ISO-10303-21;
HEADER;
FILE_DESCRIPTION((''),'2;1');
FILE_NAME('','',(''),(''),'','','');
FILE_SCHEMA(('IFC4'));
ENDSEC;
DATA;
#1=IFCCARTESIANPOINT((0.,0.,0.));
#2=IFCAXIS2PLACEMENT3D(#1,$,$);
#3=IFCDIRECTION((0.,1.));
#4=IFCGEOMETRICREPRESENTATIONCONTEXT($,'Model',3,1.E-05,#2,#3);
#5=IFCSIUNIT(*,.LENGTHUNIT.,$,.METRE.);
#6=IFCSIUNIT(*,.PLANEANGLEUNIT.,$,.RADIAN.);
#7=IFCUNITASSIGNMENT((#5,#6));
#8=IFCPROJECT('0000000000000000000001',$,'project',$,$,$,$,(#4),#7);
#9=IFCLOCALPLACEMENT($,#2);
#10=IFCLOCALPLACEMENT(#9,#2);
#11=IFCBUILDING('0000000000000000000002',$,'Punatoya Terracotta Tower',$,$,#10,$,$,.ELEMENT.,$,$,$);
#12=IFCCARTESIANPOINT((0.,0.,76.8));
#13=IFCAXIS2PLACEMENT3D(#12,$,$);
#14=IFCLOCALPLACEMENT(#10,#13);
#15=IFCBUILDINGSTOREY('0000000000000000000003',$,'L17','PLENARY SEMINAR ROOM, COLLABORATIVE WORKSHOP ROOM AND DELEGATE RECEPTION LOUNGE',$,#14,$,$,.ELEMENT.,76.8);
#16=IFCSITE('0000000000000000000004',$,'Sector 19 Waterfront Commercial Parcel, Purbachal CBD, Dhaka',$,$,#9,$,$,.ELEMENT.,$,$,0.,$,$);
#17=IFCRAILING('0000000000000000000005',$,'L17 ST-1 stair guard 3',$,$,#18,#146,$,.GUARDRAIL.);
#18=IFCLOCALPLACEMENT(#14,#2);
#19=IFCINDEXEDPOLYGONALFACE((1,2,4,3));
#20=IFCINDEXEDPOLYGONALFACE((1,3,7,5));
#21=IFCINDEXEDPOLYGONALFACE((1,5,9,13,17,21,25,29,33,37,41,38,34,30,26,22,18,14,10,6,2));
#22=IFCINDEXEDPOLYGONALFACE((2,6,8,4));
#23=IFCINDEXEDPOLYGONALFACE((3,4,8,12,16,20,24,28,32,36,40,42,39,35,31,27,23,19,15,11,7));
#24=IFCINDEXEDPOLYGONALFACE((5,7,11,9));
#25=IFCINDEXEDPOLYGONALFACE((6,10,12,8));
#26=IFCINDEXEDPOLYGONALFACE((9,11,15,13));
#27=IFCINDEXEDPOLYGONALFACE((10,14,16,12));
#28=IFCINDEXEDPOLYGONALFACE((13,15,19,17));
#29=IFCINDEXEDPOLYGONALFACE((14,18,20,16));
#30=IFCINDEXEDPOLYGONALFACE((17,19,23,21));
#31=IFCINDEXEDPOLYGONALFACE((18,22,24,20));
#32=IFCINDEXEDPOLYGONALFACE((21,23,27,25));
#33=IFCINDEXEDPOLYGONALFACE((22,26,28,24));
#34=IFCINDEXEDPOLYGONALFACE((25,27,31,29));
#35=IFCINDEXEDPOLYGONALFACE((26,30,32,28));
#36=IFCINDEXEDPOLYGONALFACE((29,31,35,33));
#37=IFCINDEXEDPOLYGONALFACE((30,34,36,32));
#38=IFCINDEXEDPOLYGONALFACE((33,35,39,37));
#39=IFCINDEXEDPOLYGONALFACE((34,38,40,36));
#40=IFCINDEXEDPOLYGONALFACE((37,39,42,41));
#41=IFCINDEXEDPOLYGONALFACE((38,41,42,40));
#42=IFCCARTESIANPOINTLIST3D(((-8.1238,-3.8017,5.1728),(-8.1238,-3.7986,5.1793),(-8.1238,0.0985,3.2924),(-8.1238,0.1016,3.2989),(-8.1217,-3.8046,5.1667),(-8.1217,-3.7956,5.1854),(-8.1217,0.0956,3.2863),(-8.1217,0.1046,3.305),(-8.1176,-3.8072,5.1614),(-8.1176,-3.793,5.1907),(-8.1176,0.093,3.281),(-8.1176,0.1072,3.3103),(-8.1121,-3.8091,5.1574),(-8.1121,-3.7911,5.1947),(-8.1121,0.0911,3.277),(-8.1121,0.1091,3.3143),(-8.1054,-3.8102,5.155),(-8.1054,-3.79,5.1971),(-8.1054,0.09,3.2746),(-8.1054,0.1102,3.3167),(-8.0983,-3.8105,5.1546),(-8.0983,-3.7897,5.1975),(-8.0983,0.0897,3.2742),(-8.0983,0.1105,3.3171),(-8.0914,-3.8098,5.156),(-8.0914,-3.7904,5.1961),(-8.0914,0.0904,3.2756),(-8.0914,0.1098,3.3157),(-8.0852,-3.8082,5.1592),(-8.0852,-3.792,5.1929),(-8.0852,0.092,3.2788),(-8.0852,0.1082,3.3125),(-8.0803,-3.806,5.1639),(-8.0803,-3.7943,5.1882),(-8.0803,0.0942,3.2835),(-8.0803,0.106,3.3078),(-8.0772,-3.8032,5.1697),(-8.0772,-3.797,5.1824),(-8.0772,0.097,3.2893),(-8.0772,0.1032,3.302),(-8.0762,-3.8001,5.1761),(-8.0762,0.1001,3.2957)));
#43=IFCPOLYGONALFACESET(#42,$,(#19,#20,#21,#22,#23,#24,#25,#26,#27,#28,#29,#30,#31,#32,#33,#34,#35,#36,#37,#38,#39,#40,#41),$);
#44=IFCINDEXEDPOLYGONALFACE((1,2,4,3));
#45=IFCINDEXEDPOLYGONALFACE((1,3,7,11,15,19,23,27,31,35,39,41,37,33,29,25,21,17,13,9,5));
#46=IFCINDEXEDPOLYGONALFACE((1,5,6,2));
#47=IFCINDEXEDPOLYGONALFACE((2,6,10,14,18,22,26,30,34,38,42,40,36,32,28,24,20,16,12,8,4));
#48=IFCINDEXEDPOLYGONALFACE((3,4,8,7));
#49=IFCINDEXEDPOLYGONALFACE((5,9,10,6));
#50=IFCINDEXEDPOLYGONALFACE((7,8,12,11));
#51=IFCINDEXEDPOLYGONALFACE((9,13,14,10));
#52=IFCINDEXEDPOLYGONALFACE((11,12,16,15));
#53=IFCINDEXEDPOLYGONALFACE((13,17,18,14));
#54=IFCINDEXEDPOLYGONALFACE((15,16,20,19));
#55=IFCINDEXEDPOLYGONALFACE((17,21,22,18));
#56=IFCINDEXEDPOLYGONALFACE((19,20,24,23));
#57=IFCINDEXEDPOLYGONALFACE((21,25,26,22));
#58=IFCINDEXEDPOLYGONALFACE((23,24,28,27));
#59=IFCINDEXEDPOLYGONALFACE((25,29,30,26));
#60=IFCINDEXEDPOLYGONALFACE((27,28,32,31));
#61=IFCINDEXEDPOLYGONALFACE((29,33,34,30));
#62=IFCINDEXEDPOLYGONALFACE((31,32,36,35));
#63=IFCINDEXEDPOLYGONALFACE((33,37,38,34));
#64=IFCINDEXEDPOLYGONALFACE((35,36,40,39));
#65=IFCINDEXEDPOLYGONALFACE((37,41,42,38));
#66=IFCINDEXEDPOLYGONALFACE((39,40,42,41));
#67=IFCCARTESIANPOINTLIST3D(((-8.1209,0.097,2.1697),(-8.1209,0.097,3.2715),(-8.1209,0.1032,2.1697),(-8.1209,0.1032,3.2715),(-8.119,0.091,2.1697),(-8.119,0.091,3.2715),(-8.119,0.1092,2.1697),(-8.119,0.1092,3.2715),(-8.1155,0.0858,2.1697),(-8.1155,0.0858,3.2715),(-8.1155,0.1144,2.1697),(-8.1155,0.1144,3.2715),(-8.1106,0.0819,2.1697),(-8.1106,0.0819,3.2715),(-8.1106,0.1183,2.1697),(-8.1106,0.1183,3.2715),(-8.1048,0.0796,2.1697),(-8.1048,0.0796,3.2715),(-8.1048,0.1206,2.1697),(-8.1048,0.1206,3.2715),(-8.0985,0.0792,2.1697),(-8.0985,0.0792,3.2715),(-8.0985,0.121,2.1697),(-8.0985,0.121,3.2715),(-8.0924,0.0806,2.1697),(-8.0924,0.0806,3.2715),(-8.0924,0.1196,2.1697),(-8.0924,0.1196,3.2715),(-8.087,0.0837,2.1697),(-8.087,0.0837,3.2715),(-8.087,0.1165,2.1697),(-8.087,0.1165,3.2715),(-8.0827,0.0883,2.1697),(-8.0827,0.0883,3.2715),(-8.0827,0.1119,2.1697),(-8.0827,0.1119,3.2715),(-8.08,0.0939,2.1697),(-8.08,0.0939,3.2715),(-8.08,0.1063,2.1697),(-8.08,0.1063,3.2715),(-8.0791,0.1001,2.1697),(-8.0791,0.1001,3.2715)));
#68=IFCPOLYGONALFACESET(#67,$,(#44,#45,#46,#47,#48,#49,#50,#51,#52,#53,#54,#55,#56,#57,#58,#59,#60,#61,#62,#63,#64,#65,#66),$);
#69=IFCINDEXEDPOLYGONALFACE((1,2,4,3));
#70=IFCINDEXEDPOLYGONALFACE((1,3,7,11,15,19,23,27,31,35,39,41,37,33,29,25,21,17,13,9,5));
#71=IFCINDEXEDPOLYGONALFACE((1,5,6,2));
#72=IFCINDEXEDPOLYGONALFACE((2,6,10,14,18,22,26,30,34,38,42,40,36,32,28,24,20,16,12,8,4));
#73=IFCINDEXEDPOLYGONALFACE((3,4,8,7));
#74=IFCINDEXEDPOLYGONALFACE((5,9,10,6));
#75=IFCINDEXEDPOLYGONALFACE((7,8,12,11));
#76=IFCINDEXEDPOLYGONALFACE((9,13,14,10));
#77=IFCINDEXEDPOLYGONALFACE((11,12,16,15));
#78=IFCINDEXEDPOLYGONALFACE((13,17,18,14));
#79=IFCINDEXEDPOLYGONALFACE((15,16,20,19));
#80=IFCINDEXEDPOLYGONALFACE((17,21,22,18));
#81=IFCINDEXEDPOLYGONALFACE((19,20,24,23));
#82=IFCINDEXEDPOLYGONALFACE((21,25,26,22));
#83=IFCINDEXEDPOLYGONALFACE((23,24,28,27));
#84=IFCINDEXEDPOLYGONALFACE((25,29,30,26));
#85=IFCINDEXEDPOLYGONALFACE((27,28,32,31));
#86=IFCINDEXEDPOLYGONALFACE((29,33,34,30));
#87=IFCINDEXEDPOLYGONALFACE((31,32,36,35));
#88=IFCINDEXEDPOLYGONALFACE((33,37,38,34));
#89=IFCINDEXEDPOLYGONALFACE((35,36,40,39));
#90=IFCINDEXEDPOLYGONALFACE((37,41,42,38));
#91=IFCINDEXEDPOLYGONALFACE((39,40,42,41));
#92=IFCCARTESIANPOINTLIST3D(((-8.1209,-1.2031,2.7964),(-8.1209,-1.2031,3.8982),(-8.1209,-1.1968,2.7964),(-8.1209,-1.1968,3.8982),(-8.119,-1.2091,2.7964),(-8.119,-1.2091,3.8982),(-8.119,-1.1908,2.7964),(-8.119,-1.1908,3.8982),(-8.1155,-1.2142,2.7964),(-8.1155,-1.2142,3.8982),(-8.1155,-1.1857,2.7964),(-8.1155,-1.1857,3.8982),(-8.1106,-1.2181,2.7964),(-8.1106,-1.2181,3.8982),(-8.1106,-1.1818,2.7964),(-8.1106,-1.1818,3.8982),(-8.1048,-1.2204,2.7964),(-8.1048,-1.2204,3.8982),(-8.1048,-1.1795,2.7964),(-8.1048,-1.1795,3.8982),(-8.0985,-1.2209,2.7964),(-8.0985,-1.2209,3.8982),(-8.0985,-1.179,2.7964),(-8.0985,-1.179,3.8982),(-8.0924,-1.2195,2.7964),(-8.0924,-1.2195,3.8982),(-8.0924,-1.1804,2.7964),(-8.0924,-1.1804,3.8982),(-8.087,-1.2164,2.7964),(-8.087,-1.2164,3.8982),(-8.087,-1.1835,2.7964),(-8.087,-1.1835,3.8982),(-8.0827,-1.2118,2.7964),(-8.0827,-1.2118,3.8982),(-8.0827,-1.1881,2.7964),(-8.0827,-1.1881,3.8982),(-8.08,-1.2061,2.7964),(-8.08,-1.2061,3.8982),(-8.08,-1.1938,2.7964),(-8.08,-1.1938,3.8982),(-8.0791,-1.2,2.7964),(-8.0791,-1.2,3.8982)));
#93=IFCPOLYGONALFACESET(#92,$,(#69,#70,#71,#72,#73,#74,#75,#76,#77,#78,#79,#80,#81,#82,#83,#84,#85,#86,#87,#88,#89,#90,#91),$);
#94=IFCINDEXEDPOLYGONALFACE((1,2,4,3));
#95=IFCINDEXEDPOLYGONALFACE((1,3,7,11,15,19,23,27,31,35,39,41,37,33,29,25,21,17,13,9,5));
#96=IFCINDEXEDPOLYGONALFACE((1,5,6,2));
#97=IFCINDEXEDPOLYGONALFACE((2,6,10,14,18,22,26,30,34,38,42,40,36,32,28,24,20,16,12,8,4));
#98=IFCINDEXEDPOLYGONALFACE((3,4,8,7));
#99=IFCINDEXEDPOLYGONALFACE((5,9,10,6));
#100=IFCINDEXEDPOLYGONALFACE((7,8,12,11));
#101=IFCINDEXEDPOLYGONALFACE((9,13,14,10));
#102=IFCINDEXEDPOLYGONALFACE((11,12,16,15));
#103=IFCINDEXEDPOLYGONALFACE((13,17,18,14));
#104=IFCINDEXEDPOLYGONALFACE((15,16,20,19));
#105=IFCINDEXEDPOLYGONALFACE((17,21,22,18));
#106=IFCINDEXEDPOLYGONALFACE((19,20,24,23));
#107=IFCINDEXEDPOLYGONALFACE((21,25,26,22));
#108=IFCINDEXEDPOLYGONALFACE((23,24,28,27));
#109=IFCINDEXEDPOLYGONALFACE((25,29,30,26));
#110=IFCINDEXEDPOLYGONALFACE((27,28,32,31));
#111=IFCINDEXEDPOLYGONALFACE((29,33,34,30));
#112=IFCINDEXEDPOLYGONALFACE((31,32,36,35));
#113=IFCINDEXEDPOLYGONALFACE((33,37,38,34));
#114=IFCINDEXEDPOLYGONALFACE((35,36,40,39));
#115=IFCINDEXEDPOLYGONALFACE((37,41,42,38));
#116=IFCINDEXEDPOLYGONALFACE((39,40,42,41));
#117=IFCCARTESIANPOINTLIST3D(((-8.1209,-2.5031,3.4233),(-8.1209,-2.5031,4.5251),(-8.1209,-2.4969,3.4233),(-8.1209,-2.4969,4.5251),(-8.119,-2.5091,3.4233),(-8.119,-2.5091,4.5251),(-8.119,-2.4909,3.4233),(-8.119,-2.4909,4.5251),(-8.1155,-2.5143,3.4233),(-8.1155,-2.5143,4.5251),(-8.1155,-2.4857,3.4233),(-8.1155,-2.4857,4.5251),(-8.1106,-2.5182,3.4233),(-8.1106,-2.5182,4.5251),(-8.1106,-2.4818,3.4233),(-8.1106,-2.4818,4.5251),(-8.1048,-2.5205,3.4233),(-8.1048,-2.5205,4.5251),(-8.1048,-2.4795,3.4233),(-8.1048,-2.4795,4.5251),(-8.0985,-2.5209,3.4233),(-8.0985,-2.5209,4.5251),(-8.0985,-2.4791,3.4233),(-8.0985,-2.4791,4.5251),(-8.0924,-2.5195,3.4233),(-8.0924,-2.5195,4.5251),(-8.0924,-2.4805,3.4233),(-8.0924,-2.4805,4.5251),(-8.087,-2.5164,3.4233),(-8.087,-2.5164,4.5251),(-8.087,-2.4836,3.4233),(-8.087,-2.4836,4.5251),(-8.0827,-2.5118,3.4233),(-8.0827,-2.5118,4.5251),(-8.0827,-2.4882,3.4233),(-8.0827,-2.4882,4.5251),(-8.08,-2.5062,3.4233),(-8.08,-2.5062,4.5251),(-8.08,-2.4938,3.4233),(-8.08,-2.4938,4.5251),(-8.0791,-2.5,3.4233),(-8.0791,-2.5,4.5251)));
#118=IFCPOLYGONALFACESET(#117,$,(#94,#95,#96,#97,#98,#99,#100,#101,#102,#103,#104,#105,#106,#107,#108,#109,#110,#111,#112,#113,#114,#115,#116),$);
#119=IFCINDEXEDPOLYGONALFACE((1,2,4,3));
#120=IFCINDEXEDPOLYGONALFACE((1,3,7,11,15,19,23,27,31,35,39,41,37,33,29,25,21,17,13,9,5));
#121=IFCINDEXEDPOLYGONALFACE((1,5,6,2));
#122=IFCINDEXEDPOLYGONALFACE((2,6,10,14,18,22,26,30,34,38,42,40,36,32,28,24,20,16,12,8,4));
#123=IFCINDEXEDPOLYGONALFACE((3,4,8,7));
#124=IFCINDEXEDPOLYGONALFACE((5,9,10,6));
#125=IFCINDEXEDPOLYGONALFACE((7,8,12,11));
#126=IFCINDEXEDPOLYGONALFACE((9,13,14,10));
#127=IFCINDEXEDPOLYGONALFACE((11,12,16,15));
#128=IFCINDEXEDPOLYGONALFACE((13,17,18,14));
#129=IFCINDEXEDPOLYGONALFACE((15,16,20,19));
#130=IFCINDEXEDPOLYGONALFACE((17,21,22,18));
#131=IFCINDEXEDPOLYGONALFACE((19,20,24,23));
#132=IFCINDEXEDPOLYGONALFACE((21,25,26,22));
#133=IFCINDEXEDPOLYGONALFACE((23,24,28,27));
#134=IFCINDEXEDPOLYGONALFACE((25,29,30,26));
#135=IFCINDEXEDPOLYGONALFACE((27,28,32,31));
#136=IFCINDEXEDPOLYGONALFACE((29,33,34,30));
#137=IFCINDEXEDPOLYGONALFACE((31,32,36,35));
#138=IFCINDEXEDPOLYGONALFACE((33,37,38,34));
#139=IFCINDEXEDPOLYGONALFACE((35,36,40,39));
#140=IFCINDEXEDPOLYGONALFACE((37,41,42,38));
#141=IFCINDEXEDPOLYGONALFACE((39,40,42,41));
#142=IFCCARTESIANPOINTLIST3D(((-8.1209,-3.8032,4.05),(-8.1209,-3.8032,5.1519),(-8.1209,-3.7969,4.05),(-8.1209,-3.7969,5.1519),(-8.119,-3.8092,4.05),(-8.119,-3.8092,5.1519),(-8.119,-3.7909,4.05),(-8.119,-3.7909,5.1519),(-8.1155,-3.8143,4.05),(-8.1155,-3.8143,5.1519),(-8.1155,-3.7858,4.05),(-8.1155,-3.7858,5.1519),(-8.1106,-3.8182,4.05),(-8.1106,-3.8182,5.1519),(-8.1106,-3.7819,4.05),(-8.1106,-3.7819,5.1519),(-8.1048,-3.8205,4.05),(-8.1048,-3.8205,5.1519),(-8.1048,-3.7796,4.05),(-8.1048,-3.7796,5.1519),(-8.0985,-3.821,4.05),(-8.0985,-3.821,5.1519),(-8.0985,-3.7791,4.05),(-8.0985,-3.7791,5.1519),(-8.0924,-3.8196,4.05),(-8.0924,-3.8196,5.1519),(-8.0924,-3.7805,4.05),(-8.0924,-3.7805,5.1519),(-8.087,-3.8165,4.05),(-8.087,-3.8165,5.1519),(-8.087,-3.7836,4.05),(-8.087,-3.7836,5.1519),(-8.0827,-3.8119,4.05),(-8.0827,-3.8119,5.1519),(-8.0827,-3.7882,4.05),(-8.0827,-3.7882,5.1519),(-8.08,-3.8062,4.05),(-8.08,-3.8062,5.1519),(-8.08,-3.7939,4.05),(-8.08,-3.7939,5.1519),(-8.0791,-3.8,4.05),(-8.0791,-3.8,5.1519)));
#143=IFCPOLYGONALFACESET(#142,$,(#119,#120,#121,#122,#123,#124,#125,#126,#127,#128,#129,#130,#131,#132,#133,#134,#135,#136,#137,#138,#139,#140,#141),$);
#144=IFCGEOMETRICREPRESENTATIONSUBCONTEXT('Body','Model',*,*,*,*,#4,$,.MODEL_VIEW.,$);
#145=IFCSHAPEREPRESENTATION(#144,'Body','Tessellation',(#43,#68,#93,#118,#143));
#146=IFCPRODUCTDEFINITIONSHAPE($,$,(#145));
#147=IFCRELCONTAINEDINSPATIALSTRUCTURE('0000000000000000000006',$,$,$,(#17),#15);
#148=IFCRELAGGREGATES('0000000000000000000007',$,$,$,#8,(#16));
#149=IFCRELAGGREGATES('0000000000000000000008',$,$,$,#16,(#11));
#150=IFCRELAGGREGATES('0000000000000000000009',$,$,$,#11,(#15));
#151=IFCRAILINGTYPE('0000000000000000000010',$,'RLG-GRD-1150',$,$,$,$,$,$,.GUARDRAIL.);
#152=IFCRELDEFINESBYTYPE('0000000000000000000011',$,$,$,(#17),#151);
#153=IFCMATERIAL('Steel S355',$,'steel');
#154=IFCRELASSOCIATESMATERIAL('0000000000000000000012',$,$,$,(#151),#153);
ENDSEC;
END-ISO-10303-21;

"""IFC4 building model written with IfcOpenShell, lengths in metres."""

from ifc_helpers import new_model, si_unit, direction, frame, origin, origin_2d, place, context, subcontext, project, spatial, circle, extrude, material, type_object, element, save


model = new_model("IFC4")

# Units and contexts
model_context = context("Model", 3, precision=1e-05, world=origin(), true_north=direction((0.0, 1.0)))
body_context = subcontext(model_context, "Body", "Model", "MODEL_VIEW")
ifc_project = project(units=[si_unit("LENGTHUNIT", "METRE"), si_unit("PLANEANGLEUNIT", "RADIAN")], contexts=[model_context])

# Site, building, storey
site_placement = place(None, origin())
site = spatial("IfcSite", under=ifc_project, at=site_placement, Name="Sector 19 Waterfront Commercial Parcel, Purbachal CBD, Dhaka", CompositionType="ELEMENT", RefElevation=0.0)
building_placement = place(site_placement, origin())
building = spatial("IfcBuilding", under=site, at=building_placement, Name="Punatoya Terracotta Tower", CompositionType="ELEMENT")
storey_placement = place(building_placement, frame((0.0, 0.0, 76.8)))
storey = spatial("IfcBuildingStorey", under=building, at=storey_placement, Name="L17", Description="PLENARY SEMINAR ROOM, COLLABORATIVE WORKSHOP ROOM AND DELEGATE RECEPTION LOUNGE", CompositionType="ELEMENT", Elevation=76.8)

# Shared definitions
ifc_material_1 = material(Name="Steel S355", Category="steel")

# Railing
railing_type_1 = type_object("IfcRailingType", Name="RLG-GRD-1150", PredefinedType="GUARDRAIL", material=ifc_material_1)
railing_1_placement = place(storey_placement, frame((-8.1001, 0.1001, 2.1697)))
element("IfcRailing", 1, at=railing_1_placement, inside=storey, type_object=railing_type_1, Name="L17 ST-1 stair guard 3", PredefinedType="GUARDRAIL", context=body_context, shape_type="SweptSolid", body=[
    extrude(circle(Radius=0.0239, at=origin_2d()), frame((0.0, 0.0, 1.126), z_axis=(0.0, -0.900774, 0.434289), x_axis=(1.0, 0.0, 0.0)), (0.0, 0.0, 1.0), 4.3298),
    extrude(circle(Radius=0.021, at=origin_2d()), origin(), (0.0, 0.0, 1.0), 1.1018),
    extrude(circle(Radius=0.021, at=origin_2d()), frame((0.0, -1.3, 0.6267)), (0.0, 0.0, 1.0), 1.1018),
    extrude(circle(Radius=0.021, at=origin_2d()), frame((0.0, -2.6001, 1.2537)), (0.0, 0.0, 1.0), 1.1018),
    extrude(circle(Radius=0.021, at=origin_2d()), frame((0.0, -3.9001, 1.8804)), (0.0, 0.0, 1.0), 1.1018),
])

save(model, "model.ifc")
